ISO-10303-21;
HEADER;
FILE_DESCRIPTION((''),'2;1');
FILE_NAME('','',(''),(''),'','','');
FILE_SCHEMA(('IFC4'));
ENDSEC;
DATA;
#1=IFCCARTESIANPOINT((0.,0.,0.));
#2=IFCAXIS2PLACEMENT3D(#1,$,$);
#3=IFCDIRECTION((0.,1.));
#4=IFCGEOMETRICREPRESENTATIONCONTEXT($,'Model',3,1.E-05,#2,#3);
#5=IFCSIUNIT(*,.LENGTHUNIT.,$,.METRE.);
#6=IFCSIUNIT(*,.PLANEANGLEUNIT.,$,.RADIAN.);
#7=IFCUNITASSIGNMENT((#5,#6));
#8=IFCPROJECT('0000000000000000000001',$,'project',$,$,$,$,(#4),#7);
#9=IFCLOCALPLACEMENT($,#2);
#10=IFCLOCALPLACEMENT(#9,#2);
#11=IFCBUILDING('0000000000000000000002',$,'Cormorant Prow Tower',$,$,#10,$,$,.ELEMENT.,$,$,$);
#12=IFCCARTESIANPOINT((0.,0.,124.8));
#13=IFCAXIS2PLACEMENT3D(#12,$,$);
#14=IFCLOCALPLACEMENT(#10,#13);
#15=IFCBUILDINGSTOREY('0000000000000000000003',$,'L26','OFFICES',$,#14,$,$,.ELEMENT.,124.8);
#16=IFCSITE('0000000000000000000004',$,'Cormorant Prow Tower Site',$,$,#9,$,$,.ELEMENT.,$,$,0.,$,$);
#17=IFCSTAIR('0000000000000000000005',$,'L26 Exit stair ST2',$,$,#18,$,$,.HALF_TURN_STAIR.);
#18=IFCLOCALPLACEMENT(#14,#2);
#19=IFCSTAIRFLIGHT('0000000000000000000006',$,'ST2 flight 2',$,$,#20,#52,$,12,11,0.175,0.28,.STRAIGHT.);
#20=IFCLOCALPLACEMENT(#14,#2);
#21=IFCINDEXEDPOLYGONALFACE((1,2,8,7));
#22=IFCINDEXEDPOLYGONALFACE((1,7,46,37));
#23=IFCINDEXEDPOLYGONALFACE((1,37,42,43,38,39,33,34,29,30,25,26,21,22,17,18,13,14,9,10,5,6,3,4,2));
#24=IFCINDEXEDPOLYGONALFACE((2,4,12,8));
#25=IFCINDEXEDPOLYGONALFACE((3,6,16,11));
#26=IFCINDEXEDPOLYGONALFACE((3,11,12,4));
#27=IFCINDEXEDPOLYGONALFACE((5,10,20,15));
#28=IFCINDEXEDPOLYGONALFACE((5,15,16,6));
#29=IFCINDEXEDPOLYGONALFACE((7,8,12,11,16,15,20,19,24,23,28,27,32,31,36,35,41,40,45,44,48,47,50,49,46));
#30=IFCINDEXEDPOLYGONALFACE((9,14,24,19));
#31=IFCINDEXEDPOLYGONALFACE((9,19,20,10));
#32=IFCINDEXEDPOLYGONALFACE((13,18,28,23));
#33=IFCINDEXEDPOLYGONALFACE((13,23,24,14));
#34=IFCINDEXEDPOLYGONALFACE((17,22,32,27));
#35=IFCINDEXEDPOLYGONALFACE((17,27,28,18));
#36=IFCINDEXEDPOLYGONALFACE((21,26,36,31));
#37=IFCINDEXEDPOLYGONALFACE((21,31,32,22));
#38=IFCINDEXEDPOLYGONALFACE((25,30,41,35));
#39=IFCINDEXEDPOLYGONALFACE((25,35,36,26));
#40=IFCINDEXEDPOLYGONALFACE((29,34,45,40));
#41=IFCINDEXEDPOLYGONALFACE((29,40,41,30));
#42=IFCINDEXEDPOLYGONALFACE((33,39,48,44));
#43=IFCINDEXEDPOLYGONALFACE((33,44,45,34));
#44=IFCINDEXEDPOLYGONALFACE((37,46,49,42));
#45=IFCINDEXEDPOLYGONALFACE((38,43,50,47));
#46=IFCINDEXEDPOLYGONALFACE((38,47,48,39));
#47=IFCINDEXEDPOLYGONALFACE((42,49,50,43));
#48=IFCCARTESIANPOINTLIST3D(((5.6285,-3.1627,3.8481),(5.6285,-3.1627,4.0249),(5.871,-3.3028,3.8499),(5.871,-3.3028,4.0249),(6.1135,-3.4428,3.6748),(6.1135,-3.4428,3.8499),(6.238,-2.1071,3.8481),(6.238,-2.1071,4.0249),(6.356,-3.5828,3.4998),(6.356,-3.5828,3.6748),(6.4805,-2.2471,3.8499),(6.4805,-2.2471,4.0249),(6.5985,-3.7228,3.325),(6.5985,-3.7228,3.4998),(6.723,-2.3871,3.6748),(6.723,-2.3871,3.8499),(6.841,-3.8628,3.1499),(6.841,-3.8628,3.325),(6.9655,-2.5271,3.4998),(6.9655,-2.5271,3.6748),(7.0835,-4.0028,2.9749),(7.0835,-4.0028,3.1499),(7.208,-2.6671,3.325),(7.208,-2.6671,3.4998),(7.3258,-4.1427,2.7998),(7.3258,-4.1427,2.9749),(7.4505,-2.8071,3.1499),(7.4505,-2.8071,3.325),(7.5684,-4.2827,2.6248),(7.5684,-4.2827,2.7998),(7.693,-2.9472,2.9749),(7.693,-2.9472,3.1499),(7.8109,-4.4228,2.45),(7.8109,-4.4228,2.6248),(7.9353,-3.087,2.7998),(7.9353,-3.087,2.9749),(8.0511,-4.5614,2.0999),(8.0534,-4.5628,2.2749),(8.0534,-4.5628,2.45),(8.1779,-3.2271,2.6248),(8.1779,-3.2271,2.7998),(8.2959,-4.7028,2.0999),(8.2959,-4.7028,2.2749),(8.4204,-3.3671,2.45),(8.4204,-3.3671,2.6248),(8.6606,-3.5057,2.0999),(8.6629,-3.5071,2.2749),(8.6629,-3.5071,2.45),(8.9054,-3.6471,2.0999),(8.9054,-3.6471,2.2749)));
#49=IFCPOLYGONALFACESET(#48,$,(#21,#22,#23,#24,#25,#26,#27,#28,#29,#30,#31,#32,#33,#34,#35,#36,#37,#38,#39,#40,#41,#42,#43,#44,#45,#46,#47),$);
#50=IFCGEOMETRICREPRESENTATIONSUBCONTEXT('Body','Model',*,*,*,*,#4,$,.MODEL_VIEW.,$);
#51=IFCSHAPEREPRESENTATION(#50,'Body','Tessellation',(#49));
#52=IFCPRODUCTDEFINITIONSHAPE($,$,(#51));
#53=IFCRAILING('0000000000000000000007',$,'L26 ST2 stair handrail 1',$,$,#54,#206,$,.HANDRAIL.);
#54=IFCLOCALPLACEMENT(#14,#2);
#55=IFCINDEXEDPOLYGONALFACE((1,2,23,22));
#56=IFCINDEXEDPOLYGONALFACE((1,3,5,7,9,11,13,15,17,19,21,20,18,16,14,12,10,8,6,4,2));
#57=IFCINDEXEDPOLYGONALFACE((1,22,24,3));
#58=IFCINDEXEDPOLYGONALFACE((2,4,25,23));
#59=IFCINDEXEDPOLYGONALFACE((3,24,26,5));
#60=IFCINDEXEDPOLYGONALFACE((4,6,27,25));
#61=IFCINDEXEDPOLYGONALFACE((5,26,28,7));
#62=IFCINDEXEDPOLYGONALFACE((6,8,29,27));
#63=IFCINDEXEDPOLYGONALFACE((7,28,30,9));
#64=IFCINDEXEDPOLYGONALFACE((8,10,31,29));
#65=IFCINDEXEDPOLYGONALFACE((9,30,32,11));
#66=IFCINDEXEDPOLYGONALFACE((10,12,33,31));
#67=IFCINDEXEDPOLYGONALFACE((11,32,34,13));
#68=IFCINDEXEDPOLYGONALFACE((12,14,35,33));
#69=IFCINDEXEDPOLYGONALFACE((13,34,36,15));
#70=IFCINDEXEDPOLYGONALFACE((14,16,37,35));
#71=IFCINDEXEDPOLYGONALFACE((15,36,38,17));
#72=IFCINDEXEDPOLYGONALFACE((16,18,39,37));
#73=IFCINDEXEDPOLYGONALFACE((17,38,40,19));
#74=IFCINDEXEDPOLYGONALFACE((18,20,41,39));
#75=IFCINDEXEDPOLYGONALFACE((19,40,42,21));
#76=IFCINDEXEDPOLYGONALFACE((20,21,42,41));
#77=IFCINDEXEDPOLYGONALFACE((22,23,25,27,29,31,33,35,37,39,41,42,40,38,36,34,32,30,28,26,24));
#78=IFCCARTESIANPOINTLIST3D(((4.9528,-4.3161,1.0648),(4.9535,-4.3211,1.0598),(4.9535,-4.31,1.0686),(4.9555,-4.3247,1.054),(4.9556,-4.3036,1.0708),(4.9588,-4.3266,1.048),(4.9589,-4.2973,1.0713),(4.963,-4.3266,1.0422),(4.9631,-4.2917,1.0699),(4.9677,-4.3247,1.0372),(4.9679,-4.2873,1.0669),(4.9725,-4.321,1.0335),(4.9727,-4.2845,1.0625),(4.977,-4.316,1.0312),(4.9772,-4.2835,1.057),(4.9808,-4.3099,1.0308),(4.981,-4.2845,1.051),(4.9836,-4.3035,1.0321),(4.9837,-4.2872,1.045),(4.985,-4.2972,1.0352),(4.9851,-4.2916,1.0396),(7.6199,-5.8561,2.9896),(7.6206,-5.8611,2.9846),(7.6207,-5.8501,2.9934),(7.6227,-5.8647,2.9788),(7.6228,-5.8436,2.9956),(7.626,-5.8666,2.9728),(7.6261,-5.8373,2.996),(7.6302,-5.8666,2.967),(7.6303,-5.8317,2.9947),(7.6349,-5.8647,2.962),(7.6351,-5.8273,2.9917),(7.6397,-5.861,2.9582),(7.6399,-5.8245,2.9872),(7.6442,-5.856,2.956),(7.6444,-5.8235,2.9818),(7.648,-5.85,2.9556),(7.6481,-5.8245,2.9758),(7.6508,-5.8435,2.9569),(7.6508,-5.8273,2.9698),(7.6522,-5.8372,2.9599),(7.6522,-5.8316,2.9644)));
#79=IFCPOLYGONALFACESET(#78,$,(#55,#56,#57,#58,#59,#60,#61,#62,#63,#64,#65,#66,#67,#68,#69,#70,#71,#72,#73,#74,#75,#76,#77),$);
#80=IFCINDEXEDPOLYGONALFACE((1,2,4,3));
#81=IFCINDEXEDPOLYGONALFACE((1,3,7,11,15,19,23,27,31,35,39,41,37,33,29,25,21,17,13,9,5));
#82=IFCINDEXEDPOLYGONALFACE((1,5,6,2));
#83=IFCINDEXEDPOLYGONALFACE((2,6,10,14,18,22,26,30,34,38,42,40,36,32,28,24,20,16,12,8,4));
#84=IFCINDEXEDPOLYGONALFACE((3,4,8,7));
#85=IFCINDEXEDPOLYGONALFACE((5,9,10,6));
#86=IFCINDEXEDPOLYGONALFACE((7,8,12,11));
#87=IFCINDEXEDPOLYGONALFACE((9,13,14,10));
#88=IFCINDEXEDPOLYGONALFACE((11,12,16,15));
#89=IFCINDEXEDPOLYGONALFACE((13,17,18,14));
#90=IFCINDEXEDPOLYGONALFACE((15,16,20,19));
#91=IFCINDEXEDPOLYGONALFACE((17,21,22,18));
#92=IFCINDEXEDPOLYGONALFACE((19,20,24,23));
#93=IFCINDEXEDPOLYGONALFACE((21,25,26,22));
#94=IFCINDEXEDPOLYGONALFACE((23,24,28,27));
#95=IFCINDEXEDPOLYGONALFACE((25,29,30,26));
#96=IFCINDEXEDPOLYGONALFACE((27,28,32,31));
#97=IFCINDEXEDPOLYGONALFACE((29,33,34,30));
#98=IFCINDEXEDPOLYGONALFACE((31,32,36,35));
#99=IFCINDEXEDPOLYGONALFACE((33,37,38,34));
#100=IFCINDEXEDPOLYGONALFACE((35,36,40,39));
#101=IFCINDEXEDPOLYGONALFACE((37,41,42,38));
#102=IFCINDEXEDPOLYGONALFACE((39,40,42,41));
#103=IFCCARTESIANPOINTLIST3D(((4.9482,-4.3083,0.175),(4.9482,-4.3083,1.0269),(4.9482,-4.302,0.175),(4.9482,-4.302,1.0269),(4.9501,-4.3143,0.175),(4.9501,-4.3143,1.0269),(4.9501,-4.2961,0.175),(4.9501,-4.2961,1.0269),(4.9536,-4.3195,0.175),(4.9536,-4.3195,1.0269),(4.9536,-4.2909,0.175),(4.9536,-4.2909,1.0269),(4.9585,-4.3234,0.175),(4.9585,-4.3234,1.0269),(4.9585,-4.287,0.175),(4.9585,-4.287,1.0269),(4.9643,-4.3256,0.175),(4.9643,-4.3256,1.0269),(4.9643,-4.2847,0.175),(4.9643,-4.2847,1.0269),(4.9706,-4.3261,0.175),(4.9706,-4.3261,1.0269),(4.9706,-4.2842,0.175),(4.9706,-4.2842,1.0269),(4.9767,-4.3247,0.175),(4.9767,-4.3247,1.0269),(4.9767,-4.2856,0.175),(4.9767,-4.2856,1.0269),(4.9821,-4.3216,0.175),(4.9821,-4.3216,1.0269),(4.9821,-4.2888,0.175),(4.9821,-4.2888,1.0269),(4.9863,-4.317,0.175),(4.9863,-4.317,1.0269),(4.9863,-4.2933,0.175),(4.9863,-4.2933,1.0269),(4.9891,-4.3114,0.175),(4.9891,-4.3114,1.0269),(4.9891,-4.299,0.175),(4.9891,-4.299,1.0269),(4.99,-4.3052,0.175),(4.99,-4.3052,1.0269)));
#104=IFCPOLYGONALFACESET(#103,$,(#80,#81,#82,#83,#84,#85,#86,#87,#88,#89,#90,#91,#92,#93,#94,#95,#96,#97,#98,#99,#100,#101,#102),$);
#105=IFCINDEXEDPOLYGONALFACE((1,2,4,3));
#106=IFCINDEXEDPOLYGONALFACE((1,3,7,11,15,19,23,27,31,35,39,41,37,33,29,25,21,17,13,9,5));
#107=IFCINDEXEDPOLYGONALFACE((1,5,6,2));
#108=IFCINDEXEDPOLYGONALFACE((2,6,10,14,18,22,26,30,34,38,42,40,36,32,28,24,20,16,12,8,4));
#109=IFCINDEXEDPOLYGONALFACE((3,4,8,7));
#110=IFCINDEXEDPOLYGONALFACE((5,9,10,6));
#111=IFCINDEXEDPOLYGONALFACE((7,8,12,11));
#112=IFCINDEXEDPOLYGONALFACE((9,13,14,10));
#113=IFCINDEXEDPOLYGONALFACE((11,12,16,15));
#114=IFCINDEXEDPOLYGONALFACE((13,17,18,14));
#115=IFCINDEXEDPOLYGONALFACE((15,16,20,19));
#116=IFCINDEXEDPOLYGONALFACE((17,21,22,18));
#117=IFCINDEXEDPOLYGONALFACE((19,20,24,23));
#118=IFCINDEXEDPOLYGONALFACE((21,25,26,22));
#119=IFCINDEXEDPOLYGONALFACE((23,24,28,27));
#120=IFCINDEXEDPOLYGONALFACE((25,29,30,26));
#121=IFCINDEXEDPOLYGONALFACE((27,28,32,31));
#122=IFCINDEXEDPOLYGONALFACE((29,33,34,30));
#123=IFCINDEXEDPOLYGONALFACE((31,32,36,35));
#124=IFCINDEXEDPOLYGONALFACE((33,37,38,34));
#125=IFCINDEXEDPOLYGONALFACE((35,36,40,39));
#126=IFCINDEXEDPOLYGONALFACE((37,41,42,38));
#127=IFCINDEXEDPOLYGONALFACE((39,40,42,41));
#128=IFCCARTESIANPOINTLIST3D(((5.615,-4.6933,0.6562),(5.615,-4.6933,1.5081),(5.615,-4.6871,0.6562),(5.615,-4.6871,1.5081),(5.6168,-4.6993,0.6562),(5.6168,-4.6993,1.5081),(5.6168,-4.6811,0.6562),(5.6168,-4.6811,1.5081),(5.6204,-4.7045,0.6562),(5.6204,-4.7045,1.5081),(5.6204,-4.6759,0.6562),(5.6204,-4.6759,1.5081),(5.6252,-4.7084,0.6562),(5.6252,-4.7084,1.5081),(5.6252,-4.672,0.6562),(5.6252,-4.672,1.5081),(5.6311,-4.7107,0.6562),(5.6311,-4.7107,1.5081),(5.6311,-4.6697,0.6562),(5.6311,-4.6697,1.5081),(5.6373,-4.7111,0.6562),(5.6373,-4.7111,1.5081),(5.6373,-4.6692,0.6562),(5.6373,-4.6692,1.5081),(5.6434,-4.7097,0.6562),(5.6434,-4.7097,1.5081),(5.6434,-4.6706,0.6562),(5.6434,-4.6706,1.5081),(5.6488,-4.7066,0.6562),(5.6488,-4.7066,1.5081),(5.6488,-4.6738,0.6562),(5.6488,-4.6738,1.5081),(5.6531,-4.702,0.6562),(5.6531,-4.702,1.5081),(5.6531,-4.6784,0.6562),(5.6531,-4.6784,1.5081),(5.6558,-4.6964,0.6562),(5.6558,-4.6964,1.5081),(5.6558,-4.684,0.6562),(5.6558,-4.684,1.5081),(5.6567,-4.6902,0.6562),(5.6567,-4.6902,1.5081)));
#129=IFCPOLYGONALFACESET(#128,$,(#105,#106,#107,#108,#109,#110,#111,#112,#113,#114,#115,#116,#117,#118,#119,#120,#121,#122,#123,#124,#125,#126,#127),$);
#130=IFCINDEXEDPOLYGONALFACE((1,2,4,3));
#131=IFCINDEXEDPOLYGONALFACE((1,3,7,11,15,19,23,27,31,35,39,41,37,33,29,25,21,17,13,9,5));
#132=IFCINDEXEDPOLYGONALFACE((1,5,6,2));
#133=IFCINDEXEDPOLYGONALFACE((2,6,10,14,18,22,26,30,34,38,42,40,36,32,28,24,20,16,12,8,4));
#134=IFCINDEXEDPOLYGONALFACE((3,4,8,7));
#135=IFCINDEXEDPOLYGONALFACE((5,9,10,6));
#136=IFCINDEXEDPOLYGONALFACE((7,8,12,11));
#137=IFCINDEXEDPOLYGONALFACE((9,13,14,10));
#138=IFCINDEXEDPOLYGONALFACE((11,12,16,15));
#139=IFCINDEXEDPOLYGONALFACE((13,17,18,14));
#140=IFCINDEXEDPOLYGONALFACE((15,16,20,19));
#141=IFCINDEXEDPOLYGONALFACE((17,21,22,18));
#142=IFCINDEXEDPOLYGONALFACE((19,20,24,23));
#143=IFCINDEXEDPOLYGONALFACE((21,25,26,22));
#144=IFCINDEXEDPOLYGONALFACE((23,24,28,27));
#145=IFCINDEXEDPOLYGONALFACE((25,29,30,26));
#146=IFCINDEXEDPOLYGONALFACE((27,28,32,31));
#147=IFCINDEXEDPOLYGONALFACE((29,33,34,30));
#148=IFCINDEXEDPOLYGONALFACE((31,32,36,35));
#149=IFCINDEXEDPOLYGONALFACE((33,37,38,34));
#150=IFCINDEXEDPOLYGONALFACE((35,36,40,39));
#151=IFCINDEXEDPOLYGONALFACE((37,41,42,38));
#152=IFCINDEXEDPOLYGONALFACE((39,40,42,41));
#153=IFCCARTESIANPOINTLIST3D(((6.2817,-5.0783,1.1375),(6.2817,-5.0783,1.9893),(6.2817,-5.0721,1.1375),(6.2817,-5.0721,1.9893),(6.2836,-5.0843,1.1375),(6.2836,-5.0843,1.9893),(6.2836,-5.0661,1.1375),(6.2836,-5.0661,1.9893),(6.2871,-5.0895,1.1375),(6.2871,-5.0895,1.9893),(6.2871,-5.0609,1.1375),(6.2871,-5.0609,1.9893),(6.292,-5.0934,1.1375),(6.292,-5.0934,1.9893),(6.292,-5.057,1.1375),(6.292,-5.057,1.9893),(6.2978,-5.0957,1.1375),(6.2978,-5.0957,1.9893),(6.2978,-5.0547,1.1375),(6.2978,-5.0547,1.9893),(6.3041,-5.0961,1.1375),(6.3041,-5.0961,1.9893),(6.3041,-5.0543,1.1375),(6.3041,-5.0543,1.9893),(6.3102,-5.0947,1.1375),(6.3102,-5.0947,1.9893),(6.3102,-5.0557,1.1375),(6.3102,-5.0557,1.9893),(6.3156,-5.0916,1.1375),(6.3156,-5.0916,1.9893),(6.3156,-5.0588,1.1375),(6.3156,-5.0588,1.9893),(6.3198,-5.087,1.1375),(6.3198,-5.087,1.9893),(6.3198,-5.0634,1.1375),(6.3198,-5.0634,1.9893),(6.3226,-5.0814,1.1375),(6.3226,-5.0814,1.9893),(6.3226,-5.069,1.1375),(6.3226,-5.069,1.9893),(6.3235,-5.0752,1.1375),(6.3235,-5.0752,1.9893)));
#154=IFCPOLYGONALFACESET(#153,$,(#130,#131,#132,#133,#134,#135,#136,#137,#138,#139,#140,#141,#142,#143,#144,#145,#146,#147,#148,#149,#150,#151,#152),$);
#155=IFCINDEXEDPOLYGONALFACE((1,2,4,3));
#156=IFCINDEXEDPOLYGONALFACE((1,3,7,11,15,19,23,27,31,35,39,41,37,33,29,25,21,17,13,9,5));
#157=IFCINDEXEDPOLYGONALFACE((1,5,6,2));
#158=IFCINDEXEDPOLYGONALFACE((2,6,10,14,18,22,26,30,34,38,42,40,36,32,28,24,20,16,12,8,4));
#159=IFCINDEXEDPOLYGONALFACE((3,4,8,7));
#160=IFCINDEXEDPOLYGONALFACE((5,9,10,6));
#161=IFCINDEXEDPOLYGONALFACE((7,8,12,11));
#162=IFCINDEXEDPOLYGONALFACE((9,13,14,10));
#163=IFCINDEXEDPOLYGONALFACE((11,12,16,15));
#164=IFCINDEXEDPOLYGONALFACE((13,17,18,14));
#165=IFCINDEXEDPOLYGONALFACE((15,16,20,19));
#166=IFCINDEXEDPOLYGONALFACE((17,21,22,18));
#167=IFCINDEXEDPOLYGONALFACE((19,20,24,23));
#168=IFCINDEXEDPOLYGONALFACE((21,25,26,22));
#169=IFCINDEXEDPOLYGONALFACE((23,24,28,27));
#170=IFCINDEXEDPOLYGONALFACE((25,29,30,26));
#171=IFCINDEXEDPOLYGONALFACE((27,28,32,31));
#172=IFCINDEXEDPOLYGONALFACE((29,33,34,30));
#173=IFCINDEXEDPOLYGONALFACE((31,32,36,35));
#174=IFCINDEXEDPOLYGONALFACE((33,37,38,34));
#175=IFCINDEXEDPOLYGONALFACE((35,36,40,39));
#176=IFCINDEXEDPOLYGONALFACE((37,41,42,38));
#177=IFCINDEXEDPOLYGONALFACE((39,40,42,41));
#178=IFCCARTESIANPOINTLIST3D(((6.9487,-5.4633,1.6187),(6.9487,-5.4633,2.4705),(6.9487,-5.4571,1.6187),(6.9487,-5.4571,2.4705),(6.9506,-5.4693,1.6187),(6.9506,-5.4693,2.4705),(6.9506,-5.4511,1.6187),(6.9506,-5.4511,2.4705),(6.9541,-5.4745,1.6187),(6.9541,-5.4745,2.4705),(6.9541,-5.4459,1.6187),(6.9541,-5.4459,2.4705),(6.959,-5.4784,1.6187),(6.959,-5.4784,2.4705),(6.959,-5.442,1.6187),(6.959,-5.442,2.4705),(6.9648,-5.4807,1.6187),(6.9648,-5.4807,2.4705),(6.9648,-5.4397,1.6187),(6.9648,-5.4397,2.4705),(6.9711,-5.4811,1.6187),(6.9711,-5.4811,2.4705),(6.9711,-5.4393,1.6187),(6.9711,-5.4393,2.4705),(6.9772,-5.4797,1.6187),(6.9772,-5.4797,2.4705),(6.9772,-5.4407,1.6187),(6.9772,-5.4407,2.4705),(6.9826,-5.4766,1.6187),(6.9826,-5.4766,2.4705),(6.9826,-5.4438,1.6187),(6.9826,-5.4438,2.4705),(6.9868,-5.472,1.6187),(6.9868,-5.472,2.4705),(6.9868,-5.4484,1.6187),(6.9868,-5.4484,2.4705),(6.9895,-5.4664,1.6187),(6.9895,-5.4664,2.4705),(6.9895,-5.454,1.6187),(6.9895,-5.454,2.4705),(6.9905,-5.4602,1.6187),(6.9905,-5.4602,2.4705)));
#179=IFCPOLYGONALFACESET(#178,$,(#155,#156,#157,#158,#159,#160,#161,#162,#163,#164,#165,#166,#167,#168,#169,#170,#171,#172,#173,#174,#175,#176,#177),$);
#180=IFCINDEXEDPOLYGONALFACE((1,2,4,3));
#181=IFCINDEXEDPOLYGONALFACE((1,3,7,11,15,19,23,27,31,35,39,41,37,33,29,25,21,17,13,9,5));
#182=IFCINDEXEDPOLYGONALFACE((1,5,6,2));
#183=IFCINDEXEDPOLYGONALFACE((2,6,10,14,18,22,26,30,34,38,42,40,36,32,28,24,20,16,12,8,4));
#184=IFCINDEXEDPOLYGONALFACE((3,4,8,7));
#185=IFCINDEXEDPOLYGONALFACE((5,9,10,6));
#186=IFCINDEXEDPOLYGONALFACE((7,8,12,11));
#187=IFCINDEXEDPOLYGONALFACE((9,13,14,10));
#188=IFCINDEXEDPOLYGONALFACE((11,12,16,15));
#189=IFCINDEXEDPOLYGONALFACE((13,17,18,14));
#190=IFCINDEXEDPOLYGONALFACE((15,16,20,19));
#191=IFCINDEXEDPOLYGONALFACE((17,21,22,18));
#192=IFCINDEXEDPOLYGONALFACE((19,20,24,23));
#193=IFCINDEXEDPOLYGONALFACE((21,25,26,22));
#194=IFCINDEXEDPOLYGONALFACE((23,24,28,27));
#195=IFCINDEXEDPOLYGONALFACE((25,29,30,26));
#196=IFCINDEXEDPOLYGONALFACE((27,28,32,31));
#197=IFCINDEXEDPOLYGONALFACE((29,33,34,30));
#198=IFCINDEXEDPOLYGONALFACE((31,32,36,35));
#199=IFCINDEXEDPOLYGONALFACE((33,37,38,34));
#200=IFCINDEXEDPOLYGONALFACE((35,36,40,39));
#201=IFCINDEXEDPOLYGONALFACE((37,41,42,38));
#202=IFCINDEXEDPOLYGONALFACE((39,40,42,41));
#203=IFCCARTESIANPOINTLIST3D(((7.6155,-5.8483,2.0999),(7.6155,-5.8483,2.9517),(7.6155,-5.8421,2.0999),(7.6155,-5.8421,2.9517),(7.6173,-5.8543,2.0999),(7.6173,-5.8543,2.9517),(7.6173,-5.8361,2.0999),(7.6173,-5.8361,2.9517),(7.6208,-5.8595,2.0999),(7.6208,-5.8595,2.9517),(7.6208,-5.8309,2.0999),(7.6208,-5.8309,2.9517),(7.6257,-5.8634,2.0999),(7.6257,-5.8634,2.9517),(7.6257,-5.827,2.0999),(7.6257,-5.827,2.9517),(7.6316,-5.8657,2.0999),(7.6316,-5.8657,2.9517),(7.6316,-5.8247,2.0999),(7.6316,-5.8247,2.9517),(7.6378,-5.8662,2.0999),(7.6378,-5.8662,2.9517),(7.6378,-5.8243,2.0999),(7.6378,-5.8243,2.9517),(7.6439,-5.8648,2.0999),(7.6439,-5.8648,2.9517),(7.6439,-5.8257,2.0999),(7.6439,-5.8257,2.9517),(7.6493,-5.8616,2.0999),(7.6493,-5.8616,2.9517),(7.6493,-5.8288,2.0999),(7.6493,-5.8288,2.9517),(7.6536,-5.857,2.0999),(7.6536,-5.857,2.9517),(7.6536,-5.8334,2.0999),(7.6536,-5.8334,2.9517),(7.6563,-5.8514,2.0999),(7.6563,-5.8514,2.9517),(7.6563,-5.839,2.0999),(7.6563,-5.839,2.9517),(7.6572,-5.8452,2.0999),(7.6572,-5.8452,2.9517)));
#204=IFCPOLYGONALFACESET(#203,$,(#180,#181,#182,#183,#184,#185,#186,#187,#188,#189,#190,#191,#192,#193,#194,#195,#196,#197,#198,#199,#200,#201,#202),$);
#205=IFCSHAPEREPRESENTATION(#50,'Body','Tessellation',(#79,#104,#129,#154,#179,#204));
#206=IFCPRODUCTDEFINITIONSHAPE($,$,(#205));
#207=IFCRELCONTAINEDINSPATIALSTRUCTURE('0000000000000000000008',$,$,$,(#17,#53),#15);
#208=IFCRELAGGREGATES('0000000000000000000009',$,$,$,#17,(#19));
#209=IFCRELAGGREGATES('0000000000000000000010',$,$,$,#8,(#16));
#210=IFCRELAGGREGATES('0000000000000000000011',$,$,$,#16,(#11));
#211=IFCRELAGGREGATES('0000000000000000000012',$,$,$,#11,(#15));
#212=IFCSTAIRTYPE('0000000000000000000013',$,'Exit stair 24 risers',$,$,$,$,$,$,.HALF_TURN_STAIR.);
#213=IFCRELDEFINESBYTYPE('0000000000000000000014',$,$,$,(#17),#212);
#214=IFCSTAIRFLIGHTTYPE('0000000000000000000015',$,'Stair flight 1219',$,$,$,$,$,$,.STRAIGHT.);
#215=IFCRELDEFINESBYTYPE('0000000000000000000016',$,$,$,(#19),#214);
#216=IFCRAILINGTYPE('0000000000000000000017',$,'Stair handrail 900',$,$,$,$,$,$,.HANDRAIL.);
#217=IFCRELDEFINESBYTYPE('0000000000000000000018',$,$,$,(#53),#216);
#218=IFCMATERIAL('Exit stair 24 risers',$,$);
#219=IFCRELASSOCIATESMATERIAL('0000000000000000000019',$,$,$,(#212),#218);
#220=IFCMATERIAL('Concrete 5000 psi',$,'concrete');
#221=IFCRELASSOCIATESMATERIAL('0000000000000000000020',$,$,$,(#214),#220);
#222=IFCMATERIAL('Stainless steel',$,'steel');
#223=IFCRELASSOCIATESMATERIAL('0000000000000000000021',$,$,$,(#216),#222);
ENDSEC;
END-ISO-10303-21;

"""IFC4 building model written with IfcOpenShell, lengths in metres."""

from ifc_helpers import new_model, si_unit, direction, frame, origin, origin_2d, place, context, subcontext, project, spatial, polyline, circle, outline, extrude, material, type_object, element, aggregate, save


model = new_model("IFC4")

# Units and contexts
model_context = context("Model", 3, precision=1e-05, world=origin(), true_north=direction((0.0, 1.0)))
body_context = subcontext(model_context, "Body", "Model", "MODEL_VIEW")
ifc_project = project(units=[si_unit("LENGTHUNIT", "METRE"), si_unit("PLANEANGLEUNIT", "RADIAN")], contexts=[model_context])

# Site, building, storey
site_placement = place(None, origin())
site = spatial("IfcSite", under=ifc_project, at=site_placement, Name="Cormorant Prow Tower Site", CompositionType="ELEMENT", RefElevation=0.0)
building_placement = place(site_placement, origin())
building = spatial("IfcBuilding", under=site, at=building_placement, Name="Cormorant Prow Tower", CompositionType="ELEMENT")
storey_placement = place(building_placement, frame((0.0, 0.0, 124.8)))
storey = spatial("IfcBuildingStorey", under=building, at=storey_placement, Name="L26", Description="OFFICES", CompositionType="ELEMENT", Elevation=124.8)

# Stair, stair flight
ifc_material_1 = material(Name="Exit stair 24 risers")
stair_type = type_object("IfcStairType", Name="Exit stair 24 risers", PredefinedType="HALF_TURN_STAIR", material=ifc_material_1)
stair_placement = place(storey_placement, origin())
stair = element("IfcStair", 1, at=stair_placement, inside=storey, type_object=stair_type, Name="L26 Exit stair ST2", PredefinedType="HALF_TURN_STAIR")
ifc_material_2 = material(Name="Concrete 5000 psi", Category="concrete")
stair_flight_type = type_object("IfcStairFlightType", Name="Stair flight 1219", PredefinedType="STRAIGHT", material=ifc_material_2)
stair_flight_1_placement = place(storey_placement, frame((8.6006, -4.175, 2.0999), z_axis=(0.0, 0.0, 1.0), x_axis=(-0.866025, 0.5, 0.0)))
stair_flight_1 = element("IfcStairFlight", 2, at=stair_flight_1_placement, type_object=stair_flight_type, Name="ST2 flight 2", NumberOfRisers=12, NumberOfTreads=11, PredefinedType="STRAIGHT", RiserHeight=0.175, TreadLength=0.28, context=body_context, shape_type="SweptSolid", body=[
    extrude(outline(polyline([(0.0, 0.0), (0.0, 0.175), (0.28, 0.175), (0.28, 0.3501), (0.5601, 0.3501), (0.5601, 0.5249), (0.8401, 0.5249), (0.8401, 0.7), (1.1201, 0.7), (1.1201, 0.875), (1.3999, 0.875), (1.3999, 1.05), (1.6799, 1.05), (1.6799, 1.2251), (1.96, 1.2251), (1.96, 1.3999), (2.24, 1.3999), (2.24, 1.575), (2.52, 1.575), (2.52, 1.75), (2.8, 1.75), (2.8, 1.925), (3.0801, 1.925), (3.0801, 2.1001), (3.0801, 1.7483), (0.2827, 0.0), (0.0, 0.0)])), frame((0.0, 0.6094, 0.0), z_axis=(0.0, -1.0, 0.0), x_axis=(1.0, 0.0, 0.0)), (0.0, 0.0, 1.0), 1.219),
])
aggregate(stair, [stair_flight_1])

# Railing
ifc_material_3 = material(Name="Stainless steel", Category="steel")
railing_type_1 = type_object("IfcRailingType", Name="Stair handrail 900", PredefinedType="HANDRAIL", material=ifc_material_3)
railing_1_placement = place(storey_placement, frame((4.969, -4.3052, 0.175)))
element("IfcRailing", 3, at=railing_1_placement, inside=storey, type_object=railing_type_1, Name="L26 ST2 stair handrail 1", PredefinedType="HANDRAIL", context=body_context, shape_type="SweptSolid", body=[
    extrude(circle(Radius=0.0239, at=origin_2d()), frame((0.0, 0.0, 0.876), z_axis=(0.73439, -0.424031, 0.529971), x_axis=(0.500027, 0.86601, 0.0)), (0.0, 0.0, 1.0), 3.6318),
    extrude(circle(Radius=0.021, at=origin_2d()), origin(), (0.0, 0.0, 1.0), 0.8518),
    extrude(circle(Radius=0.021, at=origin_2d()), frame((0.6667, -0.385, 0.4812)), (0.0, 0.0, 1.0), 0.8518),
    extrude(circle(Radius=0.021, at=origin_2d()), frame((1.3335, -0.77, 0.9624)), (0.0, 0.0, 1.0), 0.8518),
    extrude(circle(Radius=0.021, at=origin_2d()), frame((2.0005, -1.155, 1.4436)), (0.0, 0.0, 1.0), 0.8518),
    extrude(circle(Radius=0.021, at=origin_2d()), frame((2.6672, -1.54, 1.9248)), (0.0, 0.0, 1.0), 0.8518),
])

save(model, "model.ifc")
